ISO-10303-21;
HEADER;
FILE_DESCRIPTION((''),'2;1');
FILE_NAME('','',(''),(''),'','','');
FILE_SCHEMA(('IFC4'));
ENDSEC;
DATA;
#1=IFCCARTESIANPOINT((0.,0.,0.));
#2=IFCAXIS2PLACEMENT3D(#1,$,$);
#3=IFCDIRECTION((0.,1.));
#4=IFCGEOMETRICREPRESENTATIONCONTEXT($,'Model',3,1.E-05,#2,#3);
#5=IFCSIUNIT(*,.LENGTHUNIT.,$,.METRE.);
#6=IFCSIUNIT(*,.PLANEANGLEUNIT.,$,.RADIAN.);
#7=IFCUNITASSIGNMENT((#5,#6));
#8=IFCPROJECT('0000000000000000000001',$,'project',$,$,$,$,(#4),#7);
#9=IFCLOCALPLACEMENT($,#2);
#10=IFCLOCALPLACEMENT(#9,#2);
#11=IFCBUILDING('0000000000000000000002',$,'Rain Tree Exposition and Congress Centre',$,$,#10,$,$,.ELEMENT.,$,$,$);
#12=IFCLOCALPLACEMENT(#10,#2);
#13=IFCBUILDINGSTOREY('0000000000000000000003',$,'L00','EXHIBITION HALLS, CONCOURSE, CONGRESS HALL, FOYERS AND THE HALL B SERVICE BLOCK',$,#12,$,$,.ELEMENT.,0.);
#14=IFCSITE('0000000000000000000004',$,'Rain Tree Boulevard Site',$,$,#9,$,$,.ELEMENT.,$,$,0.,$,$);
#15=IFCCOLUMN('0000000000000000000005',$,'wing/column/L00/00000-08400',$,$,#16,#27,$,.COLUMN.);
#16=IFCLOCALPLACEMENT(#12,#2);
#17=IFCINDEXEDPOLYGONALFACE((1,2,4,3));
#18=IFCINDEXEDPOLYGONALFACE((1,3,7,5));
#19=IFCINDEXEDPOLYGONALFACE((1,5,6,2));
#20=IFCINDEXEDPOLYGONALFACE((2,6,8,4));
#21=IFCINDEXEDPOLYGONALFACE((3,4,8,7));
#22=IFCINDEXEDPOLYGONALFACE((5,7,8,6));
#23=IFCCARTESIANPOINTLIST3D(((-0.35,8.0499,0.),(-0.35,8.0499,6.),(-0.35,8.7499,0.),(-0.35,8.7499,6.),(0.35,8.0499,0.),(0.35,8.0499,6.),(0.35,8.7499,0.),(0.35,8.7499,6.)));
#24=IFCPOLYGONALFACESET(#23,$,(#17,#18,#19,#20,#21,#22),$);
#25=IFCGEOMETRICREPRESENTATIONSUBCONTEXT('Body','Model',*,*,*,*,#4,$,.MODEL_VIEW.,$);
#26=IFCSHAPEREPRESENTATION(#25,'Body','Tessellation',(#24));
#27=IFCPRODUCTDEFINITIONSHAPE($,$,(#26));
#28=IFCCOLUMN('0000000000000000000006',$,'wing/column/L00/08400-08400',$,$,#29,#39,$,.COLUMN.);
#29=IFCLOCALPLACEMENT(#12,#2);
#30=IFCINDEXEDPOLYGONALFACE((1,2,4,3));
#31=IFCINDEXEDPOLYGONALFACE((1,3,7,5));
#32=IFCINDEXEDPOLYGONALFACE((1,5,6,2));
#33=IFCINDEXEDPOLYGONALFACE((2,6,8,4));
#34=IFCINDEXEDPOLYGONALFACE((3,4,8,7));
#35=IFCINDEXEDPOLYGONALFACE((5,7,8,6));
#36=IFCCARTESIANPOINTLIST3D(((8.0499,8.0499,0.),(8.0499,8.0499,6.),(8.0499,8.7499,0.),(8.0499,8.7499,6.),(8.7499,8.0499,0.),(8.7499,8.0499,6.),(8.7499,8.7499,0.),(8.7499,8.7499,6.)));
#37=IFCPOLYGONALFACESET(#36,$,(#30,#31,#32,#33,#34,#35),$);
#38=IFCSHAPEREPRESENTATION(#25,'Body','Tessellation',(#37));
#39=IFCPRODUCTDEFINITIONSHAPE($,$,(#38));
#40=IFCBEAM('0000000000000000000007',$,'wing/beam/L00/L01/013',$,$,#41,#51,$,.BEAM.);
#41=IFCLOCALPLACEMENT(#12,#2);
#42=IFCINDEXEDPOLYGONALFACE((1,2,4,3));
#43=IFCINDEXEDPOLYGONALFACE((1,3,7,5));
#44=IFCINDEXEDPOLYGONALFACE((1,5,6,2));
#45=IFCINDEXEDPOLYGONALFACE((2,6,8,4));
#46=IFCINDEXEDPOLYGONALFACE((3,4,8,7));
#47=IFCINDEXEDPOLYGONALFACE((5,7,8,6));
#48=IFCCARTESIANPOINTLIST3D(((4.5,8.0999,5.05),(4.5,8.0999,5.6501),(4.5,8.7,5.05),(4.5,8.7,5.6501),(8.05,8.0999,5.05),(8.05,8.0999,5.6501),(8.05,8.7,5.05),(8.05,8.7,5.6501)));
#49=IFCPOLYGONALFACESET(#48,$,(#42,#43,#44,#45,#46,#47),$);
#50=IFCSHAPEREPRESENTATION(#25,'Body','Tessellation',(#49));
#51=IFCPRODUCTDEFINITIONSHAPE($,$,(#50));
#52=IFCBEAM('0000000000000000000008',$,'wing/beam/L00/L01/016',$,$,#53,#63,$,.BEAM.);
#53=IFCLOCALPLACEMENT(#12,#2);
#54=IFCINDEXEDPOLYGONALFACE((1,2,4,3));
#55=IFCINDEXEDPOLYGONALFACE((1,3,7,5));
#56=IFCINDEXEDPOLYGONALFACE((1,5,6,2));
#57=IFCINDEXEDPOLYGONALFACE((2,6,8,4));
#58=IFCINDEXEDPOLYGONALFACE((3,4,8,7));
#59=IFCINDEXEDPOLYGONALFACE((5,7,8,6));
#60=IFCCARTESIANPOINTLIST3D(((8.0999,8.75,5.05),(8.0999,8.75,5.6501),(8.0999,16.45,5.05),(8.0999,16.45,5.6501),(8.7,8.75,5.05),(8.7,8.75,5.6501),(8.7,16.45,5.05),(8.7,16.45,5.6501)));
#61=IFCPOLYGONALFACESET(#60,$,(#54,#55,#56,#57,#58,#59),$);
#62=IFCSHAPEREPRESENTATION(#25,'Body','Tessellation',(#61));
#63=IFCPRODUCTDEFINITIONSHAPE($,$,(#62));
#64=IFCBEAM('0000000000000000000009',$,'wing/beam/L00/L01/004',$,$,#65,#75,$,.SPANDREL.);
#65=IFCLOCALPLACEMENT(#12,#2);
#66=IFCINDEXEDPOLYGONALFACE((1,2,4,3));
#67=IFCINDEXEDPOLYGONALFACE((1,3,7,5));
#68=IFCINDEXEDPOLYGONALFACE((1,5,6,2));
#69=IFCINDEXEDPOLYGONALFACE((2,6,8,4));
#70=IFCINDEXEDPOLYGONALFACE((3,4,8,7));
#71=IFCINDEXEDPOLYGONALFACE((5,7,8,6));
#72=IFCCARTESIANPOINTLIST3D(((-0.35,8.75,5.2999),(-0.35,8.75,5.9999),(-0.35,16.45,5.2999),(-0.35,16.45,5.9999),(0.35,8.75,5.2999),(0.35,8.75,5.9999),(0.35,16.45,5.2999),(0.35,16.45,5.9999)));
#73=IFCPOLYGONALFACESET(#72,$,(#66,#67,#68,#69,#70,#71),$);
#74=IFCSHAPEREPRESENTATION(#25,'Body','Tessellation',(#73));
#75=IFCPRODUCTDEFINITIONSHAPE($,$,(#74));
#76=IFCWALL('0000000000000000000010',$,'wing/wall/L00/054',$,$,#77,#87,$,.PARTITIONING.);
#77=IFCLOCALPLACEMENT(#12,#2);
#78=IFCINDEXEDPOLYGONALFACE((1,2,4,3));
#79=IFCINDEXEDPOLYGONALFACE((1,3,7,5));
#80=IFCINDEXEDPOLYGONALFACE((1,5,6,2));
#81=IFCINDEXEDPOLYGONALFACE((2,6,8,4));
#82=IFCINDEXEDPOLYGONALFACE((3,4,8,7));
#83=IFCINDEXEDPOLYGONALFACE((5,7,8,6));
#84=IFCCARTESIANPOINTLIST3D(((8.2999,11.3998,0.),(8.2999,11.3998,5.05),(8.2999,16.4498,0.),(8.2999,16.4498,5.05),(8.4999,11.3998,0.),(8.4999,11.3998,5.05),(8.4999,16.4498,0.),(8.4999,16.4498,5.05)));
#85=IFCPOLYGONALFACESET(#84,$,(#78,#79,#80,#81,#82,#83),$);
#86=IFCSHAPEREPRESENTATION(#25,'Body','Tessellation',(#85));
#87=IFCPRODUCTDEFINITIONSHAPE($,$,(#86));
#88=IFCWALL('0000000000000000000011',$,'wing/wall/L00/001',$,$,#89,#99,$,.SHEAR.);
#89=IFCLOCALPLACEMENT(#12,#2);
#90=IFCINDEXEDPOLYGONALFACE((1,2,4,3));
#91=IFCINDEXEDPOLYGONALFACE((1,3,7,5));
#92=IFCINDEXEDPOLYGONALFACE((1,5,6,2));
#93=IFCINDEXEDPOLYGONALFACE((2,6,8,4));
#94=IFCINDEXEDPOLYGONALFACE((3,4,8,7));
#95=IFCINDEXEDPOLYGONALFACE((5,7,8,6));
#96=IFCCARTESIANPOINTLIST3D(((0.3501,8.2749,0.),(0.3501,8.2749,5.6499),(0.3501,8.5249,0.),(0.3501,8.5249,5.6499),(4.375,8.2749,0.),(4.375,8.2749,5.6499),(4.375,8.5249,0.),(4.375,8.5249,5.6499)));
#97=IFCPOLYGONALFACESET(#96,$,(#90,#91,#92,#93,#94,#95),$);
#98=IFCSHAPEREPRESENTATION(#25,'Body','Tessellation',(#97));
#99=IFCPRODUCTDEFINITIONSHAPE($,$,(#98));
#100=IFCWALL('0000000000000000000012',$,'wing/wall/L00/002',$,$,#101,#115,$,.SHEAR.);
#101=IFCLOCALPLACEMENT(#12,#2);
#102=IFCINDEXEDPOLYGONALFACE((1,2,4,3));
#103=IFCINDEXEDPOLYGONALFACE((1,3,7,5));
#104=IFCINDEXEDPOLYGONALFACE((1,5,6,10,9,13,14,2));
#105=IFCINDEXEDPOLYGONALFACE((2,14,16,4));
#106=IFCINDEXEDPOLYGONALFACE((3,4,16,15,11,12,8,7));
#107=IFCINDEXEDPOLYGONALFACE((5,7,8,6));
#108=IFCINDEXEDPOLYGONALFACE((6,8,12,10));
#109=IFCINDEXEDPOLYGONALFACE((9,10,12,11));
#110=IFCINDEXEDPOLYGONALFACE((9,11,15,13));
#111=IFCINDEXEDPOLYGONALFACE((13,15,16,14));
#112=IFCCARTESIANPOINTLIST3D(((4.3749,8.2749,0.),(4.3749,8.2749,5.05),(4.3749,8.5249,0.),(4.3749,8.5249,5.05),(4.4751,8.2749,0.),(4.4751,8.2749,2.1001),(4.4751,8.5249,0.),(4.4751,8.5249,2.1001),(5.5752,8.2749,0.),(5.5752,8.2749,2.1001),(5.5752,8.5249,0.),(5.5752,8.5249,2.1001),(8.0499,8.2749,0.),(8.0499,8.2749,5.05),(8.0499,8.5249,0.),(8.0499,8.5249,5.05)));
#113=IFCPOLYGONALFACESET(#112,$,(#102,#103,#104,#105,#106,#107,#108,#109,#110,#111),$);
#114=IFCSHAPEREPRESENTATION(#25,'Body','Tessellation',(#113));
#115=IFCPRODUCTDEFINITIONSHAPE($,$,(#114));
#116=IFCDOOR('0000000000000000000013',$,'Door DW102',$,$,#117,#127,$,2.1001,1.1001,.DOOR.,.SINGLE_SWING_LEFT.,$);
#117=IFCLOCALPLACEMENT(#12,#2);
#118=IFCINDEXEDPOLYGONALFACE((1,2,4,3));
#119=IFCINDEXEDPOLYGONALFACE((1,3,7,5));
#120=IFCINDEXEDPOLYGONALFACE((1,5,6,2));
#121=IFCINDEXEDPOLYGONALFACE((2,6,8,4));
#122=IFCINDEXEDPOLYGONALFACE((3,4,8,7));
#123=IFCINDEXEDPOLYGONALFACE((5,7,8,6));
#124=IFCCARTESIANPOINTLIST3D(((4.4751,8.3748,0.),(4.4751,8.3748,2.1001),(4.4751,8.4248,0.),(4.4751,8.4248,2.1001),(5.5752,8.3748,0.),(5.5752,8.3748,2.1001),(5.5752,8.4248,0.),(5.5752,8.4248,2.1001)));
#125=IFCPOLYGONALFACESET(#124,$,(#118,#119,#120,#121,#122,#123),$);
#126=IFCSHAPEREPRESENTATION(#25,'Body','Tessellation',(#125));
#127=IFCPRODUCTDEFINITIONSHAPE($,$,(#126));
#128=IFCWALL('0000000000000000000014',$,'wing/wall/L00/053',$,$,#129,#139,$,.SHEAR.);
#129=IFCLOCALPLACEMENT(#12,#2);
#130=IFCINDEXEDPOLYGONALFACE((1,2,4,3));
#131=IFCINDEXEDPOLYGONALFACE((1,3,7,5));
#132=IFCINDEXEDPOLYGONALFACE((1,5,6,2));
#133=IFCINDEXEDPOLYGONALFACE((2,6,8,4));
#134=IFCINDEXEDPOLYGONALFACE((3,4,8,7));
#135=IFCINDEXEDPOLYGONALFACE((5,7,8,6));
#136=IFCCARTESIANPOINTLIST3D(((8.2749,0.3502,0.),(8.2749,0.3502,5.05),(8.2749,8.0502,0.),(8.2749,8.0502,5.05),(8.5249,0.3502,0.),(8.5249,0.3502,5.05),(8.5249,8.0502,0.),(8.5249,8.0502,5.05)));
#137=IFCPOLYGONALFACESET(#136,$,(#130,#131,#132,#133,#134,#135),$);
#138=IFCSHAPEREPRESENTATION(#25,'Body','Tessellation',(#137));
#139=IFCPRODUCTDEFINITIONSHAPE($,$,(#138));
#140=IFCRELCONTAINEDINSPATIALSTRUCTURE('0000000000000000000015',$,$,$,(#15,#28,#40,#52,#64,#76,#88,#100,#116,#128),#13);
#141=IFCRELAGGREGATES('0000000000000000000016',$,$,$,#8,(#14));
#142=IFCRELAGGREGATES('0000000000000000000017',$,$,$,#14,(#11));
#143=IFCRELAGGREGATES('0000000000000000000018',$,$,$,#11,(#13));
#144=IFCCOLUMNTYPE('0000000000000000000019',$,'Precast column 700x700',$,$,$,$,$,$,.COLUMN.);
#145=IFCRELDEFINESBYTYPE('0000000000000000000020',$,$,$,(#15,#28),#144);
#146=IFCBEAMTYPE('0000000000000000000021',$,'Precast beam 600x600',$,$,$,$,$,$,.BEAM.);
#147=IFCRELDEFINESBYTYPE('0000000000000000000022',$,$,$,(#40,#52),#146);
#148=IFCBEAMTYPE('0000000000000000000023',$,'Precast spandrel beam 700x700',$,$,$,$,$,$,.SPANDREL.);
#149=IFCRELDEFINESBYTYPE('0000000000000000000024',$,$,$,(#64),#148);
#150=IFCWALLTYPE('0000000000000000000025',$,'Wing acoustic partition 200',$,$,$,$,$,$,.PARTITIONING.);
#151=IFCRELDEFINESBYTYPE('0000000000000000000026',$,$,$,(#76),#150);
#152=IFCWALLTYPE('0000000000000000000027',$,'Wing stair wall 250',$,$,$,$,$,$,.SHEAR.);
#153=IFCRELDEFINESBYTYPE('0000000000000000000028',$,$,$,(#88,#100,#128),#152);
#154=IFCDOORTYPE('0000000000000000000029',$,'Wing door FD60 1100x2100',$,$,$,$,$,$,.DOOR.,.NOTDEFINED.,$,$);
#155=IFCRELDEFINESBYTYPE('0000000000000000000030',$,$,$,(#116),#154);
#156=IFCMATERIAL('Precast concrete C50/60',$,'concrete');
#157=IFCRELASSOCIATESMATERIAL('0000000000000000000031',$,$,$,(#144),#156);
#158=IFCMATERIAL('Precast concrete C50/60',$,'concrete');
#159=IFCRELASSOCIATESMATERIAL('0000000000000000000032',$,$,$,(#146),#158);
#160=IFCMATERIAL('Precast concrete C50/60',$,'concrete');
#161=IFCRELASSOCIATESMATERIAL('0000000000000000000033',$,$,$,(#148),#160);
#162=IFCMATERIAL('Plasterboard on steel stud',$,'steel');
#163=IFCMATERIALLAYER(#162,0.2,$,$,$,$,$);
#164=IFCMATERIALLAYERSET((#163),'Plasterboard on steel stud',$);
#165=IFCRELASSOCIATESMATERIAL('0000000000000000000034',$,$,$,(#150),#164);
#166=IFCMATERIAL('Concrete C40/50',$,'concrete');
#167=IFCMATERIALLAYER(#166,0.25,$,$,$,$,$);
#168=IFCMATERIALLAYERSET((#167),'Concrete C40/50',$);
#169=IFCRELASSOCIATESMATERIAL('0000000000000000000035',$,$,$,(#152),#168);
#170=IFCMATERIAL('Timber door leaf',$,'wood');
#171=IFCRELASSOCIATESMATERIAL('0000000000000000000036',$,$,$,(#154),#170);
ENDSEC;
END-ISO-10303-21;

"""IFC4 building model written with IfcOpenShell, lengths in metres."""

from ifc_helpers import new_model, si_unit, direction, frame, frame_2d, origin, origin_2d, place, context, subcontext, project, spatial, rectangle, extrude, material, layer, layer_set, material_profile, profile_set, type_object, element, fill, save


model = new_model("IFC4")

# Units and contexts
model_context = context("Model", 3, precision=1e-05, world=origin(), true_north=direction((0.0, 1.0)))
body_context = subcontext(model_context, "Body", "Model", "MODEL_VIEW")
ifc_project = project(units=[si_unit("LENGTHUNIT", "METRE"), si_unit("PLANEANGLEUNIT", "RADIAN")], contexts=[model_context])

# Site, building, storey
site_placement = place(None, origin())
site = spatial("IfcSite", under=ifc_project, at=site_placement, Name="Rain Tree Boulevard Site", CompositionType="ELEMENT", RefElevation=0.0)
building_placement = place(site_placement, origin())
building = spatial("IfcBuilding", under=site, at=building_placement, Name="Rain Tree Exposition and Congress Centre", CompositionType="ELEMENT")
storey_placement = place(building_placement, origin())
storey = spatial("IfcBuildingStorey", under=building, at=storey_placement, Name="L00", Description="EXHIBITION HALLS, CONCOURSE, CONGRESS HALL, FOYERS AND THE HALL B SERVICE BLOCK", CompositionType="ELEMENT", Elevation=0.0)

# Columns
ifc_material_1 = material(Name="Precast concrete C50/60", Category="concrete")
ifc_material_profile_1 = material_profile(ifc_material_1, rectangle(XDim=0.7, YDim=0.7, at=origin_2d()), Name="RC 700x700")
ifc_profile_set_1 = profile_set([ifc_material_profile_1], Name="Precast concrete C50/60")
column_type = type_object("IfcColumnType", Name="Precast column 700x700", PredefinedType="COLUMN", material=ifc_profile_set_1)
for number, where, z_axis, x_axis, name in (
    (1, (0.0, 8.3999, 0.0), (0.0, 0.0, 1.0), (1.0, 0.0, 0.0), "wing/column/L00/00000-08400"),
    (2, (8.3999, 8.3999, 0.0), (0.0, 0.0, 1.0), (1.0, 0.0, 0.0), "wing/column/L00/08400-08400"),
):
    element("IfcColumn", number, at=place(storey_placement, frame(where, z_axis=z_axis, x_axis=x_axis)), inside=storey, type_object=column_type, Name=name, PredefinedType="COLUMN", context=body_context, shape_type="SweptSolid", body=[
        extrude(rectangle(XDim=0.7, YDim=0.7, at=origin_2d()), origin(), (0.0, 0.0, 1.0), 6.0),
    ])

# Beams
ifc_material_2 = material(Name="Precast concrete C50/60", Category="concrete")
ifc_material_profile_2 = material_profile(ifc_material_2, rectangle(XDim=0.6001, YDim=0.6001, at=origin_2d()), Name="RC 600x600")
ifc_profile_set_2 = profile_set([ifc_material_profile_2], Name="Precast concrete C50/60")
beam_type_1 = type_object("IfcBeamType", Name="Precast beam 600x600", PredefinedType="BEAM", material=ifc_profile_set_2)
beam_1_placement = place(storey_placement, frame((4.5, 8.3999, 5.3501), z_axis=(1.0, 0.0, 0.0), x_axis=(0.0, 1.0, 0.0)))
element("IfcBeam", 3, at=beam_1_placement, inside=storey, type_object=beam_type_1, Name="wing/beam/L00/L01/013", PredefinedType="BEAM", context=body_context, shape_type="SweptSolid", body=[
    extrude(rectangle(XDim=0.6001, YDim=0.6001, at=origin_2d()), origin(), (0.0, 0.0, 1.0), 3.55),
])
beam_2_placement = place(storey_placement, frame((8.3999, 8.75, 5.3501), z_axis=(0.0, 1.0, 0.0), x_axis=(-1.0, 0.0, 0.0)))
element("IfcBeam", 4, at=beam_2_placement, inside=storey, type_object=beam_type_1, Name="wing/beam/L00/L01/016", PredefinedType="BEAM", context=body_context, shape_type="SweptSolid", body=[
    extrude(rectangle(XDim=0.6001, YDim=0.6001, at=origin_2d()), origin(), (0.0, 0.0, 1.0), 7.7),
])
ifc_material_3 = material(Name="Precast concrete C50/60", Category="concrete")
ifc_material_profile_3 = material_profile(ifc_material_3, rectangle(XDim=0.7, YDim=0.7, at=origin_2d()), Name="RC 700x700")
ifc_profile_set_3 = profile_set([ifc_material_profile_3], Name="Precast concrete C50/60")
beam_type_2 = type_object("IfcBeamType", Name="Precast spandrel beam 700x700", PredefinedType="SPANDREL", material=ifc_profile_set_3)
beam_3_placement = place(storey_placement, frame((0.0, 8.75, 5.6499), z_axis=(0.0, 1.0, 0.0), x_axis=(-1.0, 0.0, 0.0)))
element("IfcBeam", 5, at=beam_3_placement, inside=storey, type_object=beam_type_2, Name="wing/beam/L00/L01/004", PredefinedType="SPANDREL", context=body_context, shape_type="SweptSolid", body=[
    extrude(rectangle(XDim=0.7, YDim=0.7, at=origin_2d()), origin(), (0.0, 0.0, 1.0), 7.7),
])

# Shared definitions
ifc_material_4 = material(Name="Plasterboard on steel stud", Category="steel")
ifc_layer_1 = layer(ifc_material_4, 0.2)
ifc_layer_set_1 = layer_set([ifc_layer_1], Name="Plasterboard on steel stud")
wall_type_1 = type_object("IfcWallType", Name="Wing acoustic partition 200", PredefinedType="PARTITIONING", material=ifc_layer_set_1)

# Walls
wall_1_placement = place(storey_placement, frame((8.3999, 11.3999, 0.0), z_axis=(0.0, 0.0, 1.0), x_axis=(0.0, 1.0, 0.0)))
element("IfcWall", 6, at=wall_1_placement, inside=storey, type_object=wall_type_1, Name="wing/wall/L00/054", PredefinedType="PARTITIONING", context=body_context, shape_type="SweptSolid", body=[
    extrude(rectangle(XDim=5.05, YDim=0.2, at=frame_2d((2.5249, 0.0))), origin(), (0.0, 0.0, 1.0), 5.05),
])
ifc_material_5 = material(Name="Concrete C40/50", Category="concrete")
ifc_layer_2 = layer(ifc_material_5, 0.25)
ifc_layer_set_2 = layer_set([ifc_layer_2], Name="Concrete C40/50")
wall_type_2 = type_object("IfcWallType", Name="Wing stair wall 250", PredefinedType="SHEAR", material=ifc_layer_set_2)
wall_2_placement = place(storey_placement, frame((0.3501, 8.3999, 0.0), z_axis=(0.0, 0.0, 1.0), x_axis=(1.0, 0.0, 0.0)))
element("IfcWall", 7, at=wall_2_placement, inside=storey, type_object=wall_type_2, Name="wing/wall/L00/001", PredefinedType="SHEAR", context=body_context, shape_type="SweptSolid", body=[
    extrude(rectangle(XDim=4.0249, YDim=0.25, at=frame_2d((2.0125, 0.0))), origin(), (0.0, 0.0, 1.0), 5.6499),
])

# Wall, opening, door
wall_3_placement = place(storey_placement, frame((4.375, 8.3999, 0.0), z_axis=(0.0, 0.0, 1.0), x_axis=(1.0, 0.0, 0.0)))
wall_3 = element("IfcWall", 8, at=wall_3_placement, inside=storey, type_object=wall_type_2, Name="wing/wall/L00/002", PredefinedType="SHEAR", context=body_context, shape_type="SweptSolid", body=[
    extrude(rectangle(XDim=3.675, YDim=0.25, at=frame_2d((1.8374, 0.0))), origin(), (0.0, 0.0, 1.0), 5.05),
])
opening_1_placement = place(wall_3_placement, frame((0.1001, 0.0, 0.0)))
opening_1 = element("IfcOpeningElement", 9, at=opening_1_placement, cuts=wall_3, PredefinedType="OPENING", context=body_context, shape_type="SweptSolid", body=[
    extrude(rectangle(XDim=1.1001, YDim=2.1001, at=frame_2d((0.55, 1.05))), frame((0.0, 0.125, 0.0), z_axis=(0.0, -1.0, 0.0), x_axis=(1.0, 0.0, 0.0)), (0.0, 0.0, 1.0), 0.25),
])
ifc_material_6 = material(Name="Timber door leaf", Category="wood")
door_type_1 = type_object("IfcDoorType", Name="Wing door FD60 1100x2100", OperationType="NOTDEFINED", PredefinedType="DOOR", material=ifc_material_6)
door_1_placement = place(opening_1_placement, origin())
door_1 = element("IfcDoor", 10, at=door_1_placement, inside=storey, type_object=door_type_1, Name="Door DW102", OperationType="SINGLE_SWING_LEFT", OverallHeight=2.1001, OverallWidth=1.1001, PredefinedType="DOOR", context=body_context, shape_type="SweptSolid", body=[
    extrude(rectangle(XDim=1.1001, YDim=2.1001, at=frame_2d((0.55, 1.05))), frame((0.0, 0.0249, 0.0), z_axis=(0.0, -1.0, 0.0), x_axis=(1.0, 0.0, 0.0)), (0.0, 0.0, 1.0), 0.05),
])
fill(opening_1, door_1)

# Wall
wall_4_placement = place(storey_placement, frame((8.3999, 0.3501, 0.0), z_axis=(0.0, 0.0, 1.0), x_axis=(0.0, 1.0, 0.0)))
element("IfcWall", 11, at=wall_4_placement, inside=storey, type_object=wall_type_2, Name="wing/wall/L00/053", PredefinedType="SHEAR", context=body_context, shape_type="SweptSolid", body=[
    extrude(rectangle(XDim=7.7, YDim=0.25, at=frame_2d((3.8501, 0.0))), origin(), (0.0, 0.0, 1.0), 5.05),
])

save(model, "model.ifc")
